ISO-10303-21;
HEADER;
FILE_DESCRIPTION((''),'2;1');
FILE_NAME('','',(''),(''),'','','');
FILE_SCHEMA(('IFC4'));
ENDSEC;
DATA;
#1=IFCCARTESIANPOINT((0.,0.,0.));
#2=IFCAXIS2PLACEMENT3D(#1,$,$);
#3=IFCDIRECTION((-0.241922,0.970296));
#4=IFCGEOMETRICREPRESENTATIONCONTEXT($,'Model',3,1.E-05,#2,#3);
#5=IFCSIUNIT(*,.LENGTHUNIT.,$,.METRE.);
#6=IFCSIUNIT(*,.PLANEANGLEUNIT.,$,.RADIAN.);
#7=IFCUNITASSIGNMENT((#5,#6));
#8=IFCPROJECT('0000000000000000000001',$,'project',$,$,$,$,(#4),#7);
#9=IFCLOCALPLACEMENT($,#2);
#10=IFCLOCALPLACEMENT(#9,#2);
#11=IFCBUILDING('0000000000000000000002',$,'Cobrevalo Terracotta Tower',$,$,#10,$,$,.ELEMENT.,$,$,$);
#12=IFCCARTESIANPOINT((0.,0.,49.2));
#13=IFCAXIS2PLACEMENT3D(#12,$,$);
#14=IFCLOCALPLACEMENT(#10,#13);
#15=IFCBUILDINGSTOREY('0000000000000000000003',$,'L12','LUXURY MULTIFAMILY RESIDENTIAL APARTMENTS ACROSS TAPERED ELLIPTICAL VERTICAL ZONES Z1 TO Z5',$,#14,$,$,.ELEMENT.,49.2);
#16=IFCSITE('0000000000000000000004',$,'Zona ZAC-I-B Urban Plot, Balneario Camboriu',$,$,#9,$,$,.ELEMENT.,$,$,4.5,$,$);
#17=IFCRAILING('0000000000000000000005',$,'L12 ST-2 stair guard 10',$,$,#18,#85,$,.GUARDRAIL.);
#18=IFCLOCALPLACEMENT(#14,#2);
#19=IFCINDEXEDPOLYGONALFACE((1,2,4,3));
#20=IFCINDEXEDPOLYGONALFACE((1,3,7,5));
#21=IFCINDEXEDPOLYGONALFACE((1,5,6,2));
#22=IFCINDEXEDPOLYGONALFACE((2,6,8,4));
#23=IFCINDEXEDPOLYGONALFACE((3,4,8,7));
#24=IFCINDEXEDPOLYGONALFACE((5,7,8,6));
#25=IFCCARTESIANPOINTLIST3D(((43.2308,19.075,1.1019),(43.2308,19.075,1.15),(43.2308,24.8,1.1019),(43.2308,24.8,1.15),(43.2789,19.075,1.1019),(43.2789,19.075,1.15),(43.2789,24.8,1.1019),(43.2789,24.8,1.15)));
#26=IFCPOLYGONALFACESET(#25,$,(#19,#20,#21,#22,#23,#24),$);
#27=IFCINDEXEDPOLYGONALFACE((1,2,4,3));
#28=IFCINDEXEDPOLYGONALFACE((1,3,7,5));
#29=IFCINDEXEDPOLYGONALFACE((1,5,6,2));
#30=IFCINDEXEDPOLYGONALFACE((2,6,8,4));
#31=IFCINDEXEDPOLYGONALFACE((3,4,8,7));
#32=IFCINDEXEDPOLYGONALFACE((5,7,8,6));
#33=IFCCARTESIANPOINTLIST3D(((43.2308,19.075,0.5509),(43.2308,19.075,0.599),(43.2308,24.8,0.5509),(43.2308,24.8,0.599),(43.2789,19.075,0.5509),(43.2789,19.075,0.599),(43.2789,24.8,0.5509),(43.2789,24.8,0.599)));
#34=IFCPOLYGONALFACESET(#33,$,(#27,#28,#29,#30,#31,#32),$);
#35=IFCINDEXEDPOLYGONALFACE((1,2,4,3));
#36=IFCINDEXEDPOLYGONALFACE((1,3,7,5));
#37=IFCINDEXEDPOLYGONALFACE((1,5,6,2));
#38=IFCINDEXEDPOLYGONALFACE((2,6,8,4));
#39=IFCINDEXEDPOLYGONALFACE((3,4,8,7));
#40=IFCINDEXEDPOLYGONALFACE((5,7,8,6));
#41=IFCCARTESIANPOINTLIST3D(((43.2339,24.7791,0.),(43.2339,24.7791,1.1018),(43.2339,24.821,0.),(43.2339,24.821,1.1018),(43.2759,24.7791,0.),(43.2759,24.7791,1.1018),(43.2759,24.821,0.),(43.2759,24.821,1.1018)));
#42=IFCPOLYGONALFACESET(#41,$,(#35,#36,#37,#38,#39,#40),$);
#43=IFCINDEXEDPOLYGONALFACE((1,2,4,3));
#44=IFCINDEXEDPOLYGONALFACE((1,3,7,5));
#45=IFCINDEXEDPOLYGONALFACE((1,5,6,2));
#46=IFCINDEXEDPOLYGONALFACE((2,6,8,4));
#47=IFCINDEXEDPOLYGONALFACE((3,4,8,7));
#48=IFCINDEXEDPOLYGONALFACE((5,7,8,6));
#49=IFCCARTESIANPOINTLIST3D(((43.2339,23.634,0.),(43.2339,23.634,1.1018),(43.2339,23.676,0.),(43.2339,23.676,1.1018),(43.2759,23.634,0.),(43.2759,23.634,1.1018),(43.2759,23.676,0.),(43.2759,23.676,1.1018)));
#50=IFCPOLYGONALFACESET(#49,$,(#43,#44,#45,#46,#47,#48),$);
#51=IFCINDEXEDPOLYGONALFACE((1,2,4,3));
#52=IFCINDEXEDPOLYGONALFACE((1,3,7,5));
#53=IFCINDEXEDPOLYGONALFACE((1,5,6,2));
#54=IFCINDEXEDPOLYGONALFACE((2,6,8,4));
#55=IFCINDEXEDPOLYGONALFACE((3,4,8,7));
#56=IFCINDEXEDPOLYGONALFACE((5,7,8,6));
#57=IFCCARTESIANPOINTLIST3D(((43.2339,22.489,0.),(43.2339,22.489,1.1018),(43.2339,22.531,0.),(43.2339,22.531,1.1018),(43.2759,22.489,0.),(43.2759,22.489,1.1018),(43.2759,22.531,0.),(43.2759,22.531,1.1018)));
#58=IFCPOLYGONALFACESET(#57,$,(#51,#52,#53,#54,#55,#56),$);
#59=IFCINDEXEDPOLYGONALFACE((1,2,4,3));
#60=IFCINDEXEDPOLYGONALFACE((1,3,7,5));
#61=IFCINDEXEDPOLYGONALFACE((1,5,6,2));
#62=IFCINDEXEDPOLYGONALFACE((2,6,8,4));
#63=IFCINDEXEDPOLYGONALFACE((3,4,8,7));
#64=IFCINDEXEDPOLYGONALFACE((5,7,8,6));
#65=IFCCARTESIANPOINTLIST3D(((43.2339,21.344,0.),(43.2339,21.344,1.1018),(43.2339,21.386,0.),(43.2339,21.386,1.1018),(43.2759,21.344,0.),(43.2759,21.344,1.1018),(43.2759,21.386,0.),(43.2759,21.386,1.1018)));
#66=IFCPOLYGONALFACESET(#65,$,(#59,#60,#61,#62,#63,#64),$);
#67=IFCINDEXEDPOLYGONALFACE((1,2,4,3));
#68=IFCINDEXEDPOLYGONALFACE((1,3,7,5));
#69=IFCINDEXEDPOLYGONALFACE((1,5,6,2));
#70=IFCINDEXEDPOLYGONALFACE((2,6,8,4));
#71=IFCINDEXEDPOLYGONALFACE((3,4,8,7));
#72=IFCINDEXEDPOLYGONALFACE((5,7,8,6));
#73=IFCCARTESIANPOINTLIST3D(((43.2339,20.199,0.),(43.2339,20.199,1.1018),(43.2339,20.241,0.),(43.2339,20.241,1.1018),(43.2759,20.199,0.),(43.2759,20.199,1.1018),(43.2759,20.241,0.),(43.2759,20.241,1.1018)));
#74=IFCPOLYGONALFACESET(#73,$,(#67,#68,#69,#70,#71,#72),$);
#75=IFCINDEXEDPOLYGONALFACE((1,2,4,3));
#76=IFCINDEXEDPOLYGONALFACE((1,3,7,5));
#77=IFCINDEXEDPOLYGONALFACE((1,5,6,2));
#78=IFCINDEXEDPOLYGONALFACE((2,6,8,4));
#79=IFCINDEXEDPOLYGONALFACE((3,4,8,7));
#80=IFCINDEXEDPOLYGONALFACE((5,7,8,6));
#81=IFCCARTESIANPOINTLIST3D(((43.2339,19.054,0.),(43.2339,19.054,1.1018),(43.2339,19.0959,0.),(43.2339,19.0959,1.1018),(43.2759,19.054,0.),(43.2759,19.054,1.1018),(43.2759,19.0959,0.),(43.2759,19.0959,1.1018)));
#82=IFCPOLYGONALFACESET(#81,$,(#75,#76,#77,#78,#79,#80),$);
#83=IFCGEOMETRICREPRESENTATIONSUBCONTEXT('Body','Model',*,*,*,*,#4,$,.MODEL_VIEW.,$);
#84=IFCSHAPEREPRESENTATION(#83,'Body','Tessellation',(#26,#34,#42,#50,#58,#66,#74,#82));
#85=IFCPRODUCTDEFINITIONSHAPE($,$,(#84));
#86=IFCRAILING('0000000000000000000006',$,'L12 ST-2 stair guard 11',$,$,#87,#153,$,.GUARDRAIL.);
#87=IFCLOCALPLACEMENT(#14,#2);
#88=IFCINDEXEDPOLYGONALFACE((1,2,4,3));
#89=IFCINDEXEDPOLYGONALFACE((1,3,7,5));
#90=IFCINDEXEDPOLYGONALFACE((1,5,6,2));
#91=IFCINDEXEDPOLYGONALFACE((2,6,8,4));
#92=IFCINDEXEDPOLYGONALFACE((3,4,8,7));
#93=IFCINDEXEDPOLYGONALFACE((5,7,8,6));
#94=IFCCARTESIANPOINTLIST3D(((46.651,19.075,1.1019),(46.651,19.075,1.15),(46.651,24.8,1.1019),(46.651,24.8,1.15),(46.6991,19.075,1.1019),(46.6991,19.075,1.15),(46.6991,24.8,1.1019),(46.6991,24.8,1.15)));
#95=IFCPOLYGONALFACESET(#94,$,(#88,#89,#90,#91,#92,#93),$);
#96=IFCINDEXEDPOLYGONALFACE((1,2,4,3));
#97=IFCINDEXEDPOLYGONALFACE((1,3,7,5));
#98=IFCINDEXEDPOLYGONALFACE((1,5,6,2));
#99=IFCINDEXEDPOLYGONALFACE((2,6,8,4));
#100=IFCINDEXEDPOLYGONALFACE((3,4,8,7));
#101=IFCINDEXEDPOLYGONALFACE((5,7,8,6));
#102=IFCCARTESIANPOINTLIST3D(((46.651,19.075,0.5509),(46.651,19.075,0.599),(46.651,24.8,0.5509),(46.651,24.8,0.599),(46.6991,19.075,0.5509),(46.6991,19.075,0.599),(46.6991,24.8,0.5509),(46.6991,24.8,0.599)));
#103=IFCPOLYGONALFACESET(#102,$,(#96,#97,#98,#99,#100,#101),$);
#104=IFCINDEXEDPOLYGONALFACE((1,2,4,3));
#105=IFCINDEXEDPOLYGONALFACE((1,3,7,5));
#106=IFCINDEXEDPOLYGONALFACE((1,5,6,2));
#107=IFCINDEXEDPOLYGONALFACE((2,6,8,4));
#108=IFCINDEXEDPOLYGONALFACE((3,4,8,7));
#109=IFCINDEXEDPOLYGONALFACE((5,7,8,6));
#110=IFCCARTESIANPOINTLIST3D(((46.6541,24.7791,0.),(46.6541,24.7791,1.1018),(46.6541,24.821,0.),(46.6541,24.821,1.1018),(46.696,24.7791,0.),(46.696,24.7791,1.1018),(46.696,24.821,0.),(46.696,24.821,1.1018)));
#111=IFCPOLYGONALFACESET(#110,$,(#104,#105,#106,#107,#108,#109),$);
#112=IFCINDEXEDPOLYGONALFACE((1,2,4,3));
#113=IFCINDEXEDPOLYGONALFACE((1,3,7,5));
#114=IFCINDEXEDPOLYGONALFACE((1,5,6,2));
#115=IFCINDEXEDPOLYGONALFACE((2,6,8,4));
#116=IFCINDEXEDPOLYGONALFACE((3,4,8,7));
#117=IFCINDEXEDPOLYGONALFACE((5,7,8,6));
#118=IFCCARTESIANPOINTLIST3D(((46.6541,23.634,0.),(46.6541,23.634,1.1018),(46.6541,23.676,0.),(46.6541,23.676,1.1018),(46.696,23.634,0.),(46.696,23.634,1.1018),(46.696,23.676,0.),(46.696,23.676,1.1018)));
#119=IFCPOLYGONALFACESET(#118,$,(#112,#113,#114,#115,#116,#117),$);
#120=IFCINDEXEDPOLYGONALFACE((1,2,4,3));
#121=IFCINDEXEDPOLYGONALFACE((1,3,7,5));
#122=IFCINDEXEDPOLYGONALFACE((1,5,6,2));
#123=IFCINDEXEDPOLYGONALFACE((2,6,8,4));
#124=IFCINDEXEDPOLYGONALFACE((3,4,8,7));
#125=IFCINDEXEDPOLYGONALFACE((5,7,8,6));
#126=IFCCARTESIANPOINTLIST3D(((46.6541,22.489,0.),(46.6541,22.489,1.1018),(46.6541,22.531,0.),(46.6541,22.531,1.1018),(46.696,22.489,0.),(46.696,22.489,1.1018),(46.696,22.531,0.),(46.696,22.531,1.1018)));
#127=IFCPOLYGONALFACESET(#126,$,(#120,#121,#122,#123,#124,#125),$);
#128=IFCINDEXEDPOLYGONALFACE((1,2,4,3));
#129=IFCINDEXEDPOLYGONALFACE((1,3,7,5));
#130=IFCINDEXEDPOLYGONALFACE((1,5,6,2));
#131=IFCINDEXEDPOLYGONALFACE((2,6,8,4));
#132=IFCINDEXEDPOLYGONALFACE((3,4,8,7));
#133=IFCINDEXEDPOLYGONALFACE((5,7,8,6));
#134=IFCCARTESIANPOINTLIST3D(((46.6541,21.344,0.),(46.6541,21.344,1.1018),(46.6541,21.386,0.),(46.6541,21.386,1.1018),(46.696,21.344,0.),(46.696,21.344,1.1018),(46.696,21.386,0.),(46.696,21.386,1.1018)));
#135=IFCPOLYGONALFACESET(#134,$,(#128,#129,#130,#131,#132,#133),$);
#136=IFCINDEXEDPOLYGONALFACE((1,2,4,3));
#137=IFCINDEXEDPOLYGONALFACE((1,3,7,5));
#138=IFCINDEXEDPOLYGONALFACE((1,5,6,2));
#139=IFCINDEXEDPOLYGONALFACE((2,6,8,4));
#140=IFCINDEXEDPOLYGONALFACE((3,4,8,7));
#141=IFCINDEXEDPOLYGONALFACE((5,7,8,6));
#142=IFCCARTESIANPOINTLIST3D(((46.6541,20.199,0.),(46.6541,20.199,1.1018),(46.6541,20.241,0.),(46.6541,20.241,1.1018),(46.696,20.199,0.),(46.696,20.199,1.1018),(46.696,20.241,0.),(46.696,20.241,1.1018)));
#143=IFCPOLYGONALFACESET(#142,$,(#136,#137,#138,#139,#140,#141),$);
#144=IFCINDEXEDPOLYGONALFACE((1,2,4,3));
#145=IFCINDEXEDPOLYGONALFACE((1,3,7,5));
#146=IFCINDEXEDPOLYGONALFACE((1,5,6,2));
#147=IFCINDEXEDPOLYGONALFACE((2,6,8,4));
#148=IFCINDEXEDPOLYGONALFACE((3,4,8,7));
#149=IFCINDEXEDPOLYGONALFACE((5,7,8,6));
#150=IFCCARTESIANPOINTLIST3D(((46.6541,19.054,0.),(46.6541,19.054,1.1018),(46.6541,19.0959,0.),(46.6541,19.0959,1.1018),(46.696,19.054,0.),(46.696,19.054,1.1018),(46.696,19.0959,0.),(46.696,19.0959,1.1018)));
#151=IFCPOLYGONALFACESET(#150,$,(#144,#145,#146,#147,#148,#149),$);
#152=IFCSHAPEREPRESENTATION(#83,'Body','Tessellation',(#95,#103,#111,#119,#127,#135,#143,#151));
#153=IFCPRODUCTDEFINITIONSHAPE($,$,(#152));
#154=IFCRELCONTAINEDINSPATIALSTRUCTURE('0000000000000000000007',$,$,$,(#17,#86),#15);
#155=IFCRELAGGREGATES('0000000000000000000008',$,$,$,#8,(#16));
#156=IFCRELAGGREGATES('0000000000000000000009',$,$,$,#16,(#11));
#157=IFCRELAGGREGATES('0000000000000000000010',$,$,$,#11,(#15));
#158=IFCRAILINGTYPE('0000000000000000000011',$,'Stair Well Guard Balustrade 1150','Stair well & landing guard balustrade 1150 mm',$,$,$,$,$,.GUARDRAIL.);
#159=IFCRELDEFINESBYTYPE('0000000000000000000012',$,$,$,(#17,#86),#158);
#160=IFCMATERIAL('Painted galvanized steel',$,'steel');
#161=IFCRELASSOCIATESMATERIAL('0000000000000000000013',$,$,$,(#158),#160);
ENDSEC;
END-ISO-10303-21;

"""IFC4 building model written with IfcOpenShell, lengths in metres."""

from ifc_helpers import new_model, si_unit, direction, frame, origin, origin_2d, place, context, subcontext, project, spatial, rectangle, extrude, material, type_object, element, save


model = new_model("IFC4")

# Units and contexts
model_context = context("Model", 3, precision=1e-05, world=origin(), true_north=direction((-0.241922, 0.970296)))
body_context = subcontext(model_context, "Body", "Model", "MODEL_VIEW")
ifc_project = project(units=[si_unit("LENGTHUNIT", "METRE"), si_unit("PLANEANGLEUNIT", "RADIAN")], contexts=[model_context])

# Site, building, storey
site_placement = place(None, origin())
site = spatial("IfcSite", under=ifc_project, at=site_placement, Name="Zona ZAC-I-B Urban Plot, Balneario Camboriu", CompositionType="ELEMENT", RefElevation=4.5)
building_placement = place(site_placement, origin())
building = spatial("IfcBuilding", under=site, at=building_placement, Name="Cobrevalo Terracotta Tower", CompositionType="ELEMENT")
storey_placement = place(building_placement, frame((0.0, 0.0, 49.2)))
storey = spatial("IfcBuildingStorey", under=building, at=storey_placement, Name="L12", Description="LUXURY MULTIFAMILY RESIDENTIAL APARTMENTS ACROSS TAPERED ELLIPTICAL VERTICAL ZONES Z1 TO Z5", CompositionType="ELEMENT", Elevation=49.2)

# Railings
ifc_material_1 = material(Name="Painted galvanized steel", Category="steel")
railing_type_1 = type_object("IfcRailingType", Name="Stair Well Guard Balustrade 1150", Description="Stair well & landing guard balustrade 1150 mm", PredefinedType="GUARDRAIL", material=ifc_material_1)
for number, where, name in (
    (1, (43.2549, 24.8, 0.0), "L12 ST-2 stair guard 10"),
    (2, (46.675, 24.8, 0.0), "L12 ST-2 stair guard 11"),
):
    element("IfcRailing", number, at=place(storey_placement, frame(where)), inside=storey, type_object=railing_type_1, Name=name, PredefinedType="GUARDRAIL", context=body_context, shape_type="SweptSolid", body=[
        extrude(rectangle(XDim=0.0481, YDim=0.0481, at=origin_2d()), frame((0.0, 0.0, 1.126), z_axis=(0.0, -1.0, 0.0), x_axis=(1.0, 0.0, 0.0)), (0.0, 0.0, 1.0), 5.7251),
        extrude(rectangle(XDim=0.0481, YDim=0.0481, at=origin_2d()), frame((0.0, 0.0, 0.575), z_axis=(0.0, -1.0, 0.0), x_axis=(1.0, 0.0, 0.0)), (0.0, 0.0, 1.0), 5.7251),
        extrude(rectangle(XDim=0.042, YDim=0.042, at=origin_2d()), origin(), (0.0, 0.0, 1.0), 1.1018),
        extrude(rectangle(XDim=0.042, YDim=0.042, at=origin_2d()), frame((0.0, -1.145, 0.0)), (0.0, 0.0, 1.0), 1.1018),
        extrude(rectangle(XDim=0.042, YDim=0.042, at=origin_2d()), frame((0.0, -2.29, 0.0)), (0.0, 0.0, 1.0), 1.1018),
        extrude(rectangle(XDim=0.042, YDim=0.042, at=origin_2d()), frame((0.0, -3.4351, 0.0)), (0.0, 0.0, 1.0), 1.1018),
        extrude(rectangle(XDim=0.042, YDim=0.042, at=origin_2d()), frame((0.0, -4.5801, 0.0)), (0.0, 0.0, 1.0), 1.1018),
        extrude(rectangle(XDim=0.042, YDim=0.042, at=origin_2d()), frame((0.0, -5.7251, 0.0)), (0.0, 0.0, 1.0), 1.1018),
    ])

save(model, "model.ifc")
